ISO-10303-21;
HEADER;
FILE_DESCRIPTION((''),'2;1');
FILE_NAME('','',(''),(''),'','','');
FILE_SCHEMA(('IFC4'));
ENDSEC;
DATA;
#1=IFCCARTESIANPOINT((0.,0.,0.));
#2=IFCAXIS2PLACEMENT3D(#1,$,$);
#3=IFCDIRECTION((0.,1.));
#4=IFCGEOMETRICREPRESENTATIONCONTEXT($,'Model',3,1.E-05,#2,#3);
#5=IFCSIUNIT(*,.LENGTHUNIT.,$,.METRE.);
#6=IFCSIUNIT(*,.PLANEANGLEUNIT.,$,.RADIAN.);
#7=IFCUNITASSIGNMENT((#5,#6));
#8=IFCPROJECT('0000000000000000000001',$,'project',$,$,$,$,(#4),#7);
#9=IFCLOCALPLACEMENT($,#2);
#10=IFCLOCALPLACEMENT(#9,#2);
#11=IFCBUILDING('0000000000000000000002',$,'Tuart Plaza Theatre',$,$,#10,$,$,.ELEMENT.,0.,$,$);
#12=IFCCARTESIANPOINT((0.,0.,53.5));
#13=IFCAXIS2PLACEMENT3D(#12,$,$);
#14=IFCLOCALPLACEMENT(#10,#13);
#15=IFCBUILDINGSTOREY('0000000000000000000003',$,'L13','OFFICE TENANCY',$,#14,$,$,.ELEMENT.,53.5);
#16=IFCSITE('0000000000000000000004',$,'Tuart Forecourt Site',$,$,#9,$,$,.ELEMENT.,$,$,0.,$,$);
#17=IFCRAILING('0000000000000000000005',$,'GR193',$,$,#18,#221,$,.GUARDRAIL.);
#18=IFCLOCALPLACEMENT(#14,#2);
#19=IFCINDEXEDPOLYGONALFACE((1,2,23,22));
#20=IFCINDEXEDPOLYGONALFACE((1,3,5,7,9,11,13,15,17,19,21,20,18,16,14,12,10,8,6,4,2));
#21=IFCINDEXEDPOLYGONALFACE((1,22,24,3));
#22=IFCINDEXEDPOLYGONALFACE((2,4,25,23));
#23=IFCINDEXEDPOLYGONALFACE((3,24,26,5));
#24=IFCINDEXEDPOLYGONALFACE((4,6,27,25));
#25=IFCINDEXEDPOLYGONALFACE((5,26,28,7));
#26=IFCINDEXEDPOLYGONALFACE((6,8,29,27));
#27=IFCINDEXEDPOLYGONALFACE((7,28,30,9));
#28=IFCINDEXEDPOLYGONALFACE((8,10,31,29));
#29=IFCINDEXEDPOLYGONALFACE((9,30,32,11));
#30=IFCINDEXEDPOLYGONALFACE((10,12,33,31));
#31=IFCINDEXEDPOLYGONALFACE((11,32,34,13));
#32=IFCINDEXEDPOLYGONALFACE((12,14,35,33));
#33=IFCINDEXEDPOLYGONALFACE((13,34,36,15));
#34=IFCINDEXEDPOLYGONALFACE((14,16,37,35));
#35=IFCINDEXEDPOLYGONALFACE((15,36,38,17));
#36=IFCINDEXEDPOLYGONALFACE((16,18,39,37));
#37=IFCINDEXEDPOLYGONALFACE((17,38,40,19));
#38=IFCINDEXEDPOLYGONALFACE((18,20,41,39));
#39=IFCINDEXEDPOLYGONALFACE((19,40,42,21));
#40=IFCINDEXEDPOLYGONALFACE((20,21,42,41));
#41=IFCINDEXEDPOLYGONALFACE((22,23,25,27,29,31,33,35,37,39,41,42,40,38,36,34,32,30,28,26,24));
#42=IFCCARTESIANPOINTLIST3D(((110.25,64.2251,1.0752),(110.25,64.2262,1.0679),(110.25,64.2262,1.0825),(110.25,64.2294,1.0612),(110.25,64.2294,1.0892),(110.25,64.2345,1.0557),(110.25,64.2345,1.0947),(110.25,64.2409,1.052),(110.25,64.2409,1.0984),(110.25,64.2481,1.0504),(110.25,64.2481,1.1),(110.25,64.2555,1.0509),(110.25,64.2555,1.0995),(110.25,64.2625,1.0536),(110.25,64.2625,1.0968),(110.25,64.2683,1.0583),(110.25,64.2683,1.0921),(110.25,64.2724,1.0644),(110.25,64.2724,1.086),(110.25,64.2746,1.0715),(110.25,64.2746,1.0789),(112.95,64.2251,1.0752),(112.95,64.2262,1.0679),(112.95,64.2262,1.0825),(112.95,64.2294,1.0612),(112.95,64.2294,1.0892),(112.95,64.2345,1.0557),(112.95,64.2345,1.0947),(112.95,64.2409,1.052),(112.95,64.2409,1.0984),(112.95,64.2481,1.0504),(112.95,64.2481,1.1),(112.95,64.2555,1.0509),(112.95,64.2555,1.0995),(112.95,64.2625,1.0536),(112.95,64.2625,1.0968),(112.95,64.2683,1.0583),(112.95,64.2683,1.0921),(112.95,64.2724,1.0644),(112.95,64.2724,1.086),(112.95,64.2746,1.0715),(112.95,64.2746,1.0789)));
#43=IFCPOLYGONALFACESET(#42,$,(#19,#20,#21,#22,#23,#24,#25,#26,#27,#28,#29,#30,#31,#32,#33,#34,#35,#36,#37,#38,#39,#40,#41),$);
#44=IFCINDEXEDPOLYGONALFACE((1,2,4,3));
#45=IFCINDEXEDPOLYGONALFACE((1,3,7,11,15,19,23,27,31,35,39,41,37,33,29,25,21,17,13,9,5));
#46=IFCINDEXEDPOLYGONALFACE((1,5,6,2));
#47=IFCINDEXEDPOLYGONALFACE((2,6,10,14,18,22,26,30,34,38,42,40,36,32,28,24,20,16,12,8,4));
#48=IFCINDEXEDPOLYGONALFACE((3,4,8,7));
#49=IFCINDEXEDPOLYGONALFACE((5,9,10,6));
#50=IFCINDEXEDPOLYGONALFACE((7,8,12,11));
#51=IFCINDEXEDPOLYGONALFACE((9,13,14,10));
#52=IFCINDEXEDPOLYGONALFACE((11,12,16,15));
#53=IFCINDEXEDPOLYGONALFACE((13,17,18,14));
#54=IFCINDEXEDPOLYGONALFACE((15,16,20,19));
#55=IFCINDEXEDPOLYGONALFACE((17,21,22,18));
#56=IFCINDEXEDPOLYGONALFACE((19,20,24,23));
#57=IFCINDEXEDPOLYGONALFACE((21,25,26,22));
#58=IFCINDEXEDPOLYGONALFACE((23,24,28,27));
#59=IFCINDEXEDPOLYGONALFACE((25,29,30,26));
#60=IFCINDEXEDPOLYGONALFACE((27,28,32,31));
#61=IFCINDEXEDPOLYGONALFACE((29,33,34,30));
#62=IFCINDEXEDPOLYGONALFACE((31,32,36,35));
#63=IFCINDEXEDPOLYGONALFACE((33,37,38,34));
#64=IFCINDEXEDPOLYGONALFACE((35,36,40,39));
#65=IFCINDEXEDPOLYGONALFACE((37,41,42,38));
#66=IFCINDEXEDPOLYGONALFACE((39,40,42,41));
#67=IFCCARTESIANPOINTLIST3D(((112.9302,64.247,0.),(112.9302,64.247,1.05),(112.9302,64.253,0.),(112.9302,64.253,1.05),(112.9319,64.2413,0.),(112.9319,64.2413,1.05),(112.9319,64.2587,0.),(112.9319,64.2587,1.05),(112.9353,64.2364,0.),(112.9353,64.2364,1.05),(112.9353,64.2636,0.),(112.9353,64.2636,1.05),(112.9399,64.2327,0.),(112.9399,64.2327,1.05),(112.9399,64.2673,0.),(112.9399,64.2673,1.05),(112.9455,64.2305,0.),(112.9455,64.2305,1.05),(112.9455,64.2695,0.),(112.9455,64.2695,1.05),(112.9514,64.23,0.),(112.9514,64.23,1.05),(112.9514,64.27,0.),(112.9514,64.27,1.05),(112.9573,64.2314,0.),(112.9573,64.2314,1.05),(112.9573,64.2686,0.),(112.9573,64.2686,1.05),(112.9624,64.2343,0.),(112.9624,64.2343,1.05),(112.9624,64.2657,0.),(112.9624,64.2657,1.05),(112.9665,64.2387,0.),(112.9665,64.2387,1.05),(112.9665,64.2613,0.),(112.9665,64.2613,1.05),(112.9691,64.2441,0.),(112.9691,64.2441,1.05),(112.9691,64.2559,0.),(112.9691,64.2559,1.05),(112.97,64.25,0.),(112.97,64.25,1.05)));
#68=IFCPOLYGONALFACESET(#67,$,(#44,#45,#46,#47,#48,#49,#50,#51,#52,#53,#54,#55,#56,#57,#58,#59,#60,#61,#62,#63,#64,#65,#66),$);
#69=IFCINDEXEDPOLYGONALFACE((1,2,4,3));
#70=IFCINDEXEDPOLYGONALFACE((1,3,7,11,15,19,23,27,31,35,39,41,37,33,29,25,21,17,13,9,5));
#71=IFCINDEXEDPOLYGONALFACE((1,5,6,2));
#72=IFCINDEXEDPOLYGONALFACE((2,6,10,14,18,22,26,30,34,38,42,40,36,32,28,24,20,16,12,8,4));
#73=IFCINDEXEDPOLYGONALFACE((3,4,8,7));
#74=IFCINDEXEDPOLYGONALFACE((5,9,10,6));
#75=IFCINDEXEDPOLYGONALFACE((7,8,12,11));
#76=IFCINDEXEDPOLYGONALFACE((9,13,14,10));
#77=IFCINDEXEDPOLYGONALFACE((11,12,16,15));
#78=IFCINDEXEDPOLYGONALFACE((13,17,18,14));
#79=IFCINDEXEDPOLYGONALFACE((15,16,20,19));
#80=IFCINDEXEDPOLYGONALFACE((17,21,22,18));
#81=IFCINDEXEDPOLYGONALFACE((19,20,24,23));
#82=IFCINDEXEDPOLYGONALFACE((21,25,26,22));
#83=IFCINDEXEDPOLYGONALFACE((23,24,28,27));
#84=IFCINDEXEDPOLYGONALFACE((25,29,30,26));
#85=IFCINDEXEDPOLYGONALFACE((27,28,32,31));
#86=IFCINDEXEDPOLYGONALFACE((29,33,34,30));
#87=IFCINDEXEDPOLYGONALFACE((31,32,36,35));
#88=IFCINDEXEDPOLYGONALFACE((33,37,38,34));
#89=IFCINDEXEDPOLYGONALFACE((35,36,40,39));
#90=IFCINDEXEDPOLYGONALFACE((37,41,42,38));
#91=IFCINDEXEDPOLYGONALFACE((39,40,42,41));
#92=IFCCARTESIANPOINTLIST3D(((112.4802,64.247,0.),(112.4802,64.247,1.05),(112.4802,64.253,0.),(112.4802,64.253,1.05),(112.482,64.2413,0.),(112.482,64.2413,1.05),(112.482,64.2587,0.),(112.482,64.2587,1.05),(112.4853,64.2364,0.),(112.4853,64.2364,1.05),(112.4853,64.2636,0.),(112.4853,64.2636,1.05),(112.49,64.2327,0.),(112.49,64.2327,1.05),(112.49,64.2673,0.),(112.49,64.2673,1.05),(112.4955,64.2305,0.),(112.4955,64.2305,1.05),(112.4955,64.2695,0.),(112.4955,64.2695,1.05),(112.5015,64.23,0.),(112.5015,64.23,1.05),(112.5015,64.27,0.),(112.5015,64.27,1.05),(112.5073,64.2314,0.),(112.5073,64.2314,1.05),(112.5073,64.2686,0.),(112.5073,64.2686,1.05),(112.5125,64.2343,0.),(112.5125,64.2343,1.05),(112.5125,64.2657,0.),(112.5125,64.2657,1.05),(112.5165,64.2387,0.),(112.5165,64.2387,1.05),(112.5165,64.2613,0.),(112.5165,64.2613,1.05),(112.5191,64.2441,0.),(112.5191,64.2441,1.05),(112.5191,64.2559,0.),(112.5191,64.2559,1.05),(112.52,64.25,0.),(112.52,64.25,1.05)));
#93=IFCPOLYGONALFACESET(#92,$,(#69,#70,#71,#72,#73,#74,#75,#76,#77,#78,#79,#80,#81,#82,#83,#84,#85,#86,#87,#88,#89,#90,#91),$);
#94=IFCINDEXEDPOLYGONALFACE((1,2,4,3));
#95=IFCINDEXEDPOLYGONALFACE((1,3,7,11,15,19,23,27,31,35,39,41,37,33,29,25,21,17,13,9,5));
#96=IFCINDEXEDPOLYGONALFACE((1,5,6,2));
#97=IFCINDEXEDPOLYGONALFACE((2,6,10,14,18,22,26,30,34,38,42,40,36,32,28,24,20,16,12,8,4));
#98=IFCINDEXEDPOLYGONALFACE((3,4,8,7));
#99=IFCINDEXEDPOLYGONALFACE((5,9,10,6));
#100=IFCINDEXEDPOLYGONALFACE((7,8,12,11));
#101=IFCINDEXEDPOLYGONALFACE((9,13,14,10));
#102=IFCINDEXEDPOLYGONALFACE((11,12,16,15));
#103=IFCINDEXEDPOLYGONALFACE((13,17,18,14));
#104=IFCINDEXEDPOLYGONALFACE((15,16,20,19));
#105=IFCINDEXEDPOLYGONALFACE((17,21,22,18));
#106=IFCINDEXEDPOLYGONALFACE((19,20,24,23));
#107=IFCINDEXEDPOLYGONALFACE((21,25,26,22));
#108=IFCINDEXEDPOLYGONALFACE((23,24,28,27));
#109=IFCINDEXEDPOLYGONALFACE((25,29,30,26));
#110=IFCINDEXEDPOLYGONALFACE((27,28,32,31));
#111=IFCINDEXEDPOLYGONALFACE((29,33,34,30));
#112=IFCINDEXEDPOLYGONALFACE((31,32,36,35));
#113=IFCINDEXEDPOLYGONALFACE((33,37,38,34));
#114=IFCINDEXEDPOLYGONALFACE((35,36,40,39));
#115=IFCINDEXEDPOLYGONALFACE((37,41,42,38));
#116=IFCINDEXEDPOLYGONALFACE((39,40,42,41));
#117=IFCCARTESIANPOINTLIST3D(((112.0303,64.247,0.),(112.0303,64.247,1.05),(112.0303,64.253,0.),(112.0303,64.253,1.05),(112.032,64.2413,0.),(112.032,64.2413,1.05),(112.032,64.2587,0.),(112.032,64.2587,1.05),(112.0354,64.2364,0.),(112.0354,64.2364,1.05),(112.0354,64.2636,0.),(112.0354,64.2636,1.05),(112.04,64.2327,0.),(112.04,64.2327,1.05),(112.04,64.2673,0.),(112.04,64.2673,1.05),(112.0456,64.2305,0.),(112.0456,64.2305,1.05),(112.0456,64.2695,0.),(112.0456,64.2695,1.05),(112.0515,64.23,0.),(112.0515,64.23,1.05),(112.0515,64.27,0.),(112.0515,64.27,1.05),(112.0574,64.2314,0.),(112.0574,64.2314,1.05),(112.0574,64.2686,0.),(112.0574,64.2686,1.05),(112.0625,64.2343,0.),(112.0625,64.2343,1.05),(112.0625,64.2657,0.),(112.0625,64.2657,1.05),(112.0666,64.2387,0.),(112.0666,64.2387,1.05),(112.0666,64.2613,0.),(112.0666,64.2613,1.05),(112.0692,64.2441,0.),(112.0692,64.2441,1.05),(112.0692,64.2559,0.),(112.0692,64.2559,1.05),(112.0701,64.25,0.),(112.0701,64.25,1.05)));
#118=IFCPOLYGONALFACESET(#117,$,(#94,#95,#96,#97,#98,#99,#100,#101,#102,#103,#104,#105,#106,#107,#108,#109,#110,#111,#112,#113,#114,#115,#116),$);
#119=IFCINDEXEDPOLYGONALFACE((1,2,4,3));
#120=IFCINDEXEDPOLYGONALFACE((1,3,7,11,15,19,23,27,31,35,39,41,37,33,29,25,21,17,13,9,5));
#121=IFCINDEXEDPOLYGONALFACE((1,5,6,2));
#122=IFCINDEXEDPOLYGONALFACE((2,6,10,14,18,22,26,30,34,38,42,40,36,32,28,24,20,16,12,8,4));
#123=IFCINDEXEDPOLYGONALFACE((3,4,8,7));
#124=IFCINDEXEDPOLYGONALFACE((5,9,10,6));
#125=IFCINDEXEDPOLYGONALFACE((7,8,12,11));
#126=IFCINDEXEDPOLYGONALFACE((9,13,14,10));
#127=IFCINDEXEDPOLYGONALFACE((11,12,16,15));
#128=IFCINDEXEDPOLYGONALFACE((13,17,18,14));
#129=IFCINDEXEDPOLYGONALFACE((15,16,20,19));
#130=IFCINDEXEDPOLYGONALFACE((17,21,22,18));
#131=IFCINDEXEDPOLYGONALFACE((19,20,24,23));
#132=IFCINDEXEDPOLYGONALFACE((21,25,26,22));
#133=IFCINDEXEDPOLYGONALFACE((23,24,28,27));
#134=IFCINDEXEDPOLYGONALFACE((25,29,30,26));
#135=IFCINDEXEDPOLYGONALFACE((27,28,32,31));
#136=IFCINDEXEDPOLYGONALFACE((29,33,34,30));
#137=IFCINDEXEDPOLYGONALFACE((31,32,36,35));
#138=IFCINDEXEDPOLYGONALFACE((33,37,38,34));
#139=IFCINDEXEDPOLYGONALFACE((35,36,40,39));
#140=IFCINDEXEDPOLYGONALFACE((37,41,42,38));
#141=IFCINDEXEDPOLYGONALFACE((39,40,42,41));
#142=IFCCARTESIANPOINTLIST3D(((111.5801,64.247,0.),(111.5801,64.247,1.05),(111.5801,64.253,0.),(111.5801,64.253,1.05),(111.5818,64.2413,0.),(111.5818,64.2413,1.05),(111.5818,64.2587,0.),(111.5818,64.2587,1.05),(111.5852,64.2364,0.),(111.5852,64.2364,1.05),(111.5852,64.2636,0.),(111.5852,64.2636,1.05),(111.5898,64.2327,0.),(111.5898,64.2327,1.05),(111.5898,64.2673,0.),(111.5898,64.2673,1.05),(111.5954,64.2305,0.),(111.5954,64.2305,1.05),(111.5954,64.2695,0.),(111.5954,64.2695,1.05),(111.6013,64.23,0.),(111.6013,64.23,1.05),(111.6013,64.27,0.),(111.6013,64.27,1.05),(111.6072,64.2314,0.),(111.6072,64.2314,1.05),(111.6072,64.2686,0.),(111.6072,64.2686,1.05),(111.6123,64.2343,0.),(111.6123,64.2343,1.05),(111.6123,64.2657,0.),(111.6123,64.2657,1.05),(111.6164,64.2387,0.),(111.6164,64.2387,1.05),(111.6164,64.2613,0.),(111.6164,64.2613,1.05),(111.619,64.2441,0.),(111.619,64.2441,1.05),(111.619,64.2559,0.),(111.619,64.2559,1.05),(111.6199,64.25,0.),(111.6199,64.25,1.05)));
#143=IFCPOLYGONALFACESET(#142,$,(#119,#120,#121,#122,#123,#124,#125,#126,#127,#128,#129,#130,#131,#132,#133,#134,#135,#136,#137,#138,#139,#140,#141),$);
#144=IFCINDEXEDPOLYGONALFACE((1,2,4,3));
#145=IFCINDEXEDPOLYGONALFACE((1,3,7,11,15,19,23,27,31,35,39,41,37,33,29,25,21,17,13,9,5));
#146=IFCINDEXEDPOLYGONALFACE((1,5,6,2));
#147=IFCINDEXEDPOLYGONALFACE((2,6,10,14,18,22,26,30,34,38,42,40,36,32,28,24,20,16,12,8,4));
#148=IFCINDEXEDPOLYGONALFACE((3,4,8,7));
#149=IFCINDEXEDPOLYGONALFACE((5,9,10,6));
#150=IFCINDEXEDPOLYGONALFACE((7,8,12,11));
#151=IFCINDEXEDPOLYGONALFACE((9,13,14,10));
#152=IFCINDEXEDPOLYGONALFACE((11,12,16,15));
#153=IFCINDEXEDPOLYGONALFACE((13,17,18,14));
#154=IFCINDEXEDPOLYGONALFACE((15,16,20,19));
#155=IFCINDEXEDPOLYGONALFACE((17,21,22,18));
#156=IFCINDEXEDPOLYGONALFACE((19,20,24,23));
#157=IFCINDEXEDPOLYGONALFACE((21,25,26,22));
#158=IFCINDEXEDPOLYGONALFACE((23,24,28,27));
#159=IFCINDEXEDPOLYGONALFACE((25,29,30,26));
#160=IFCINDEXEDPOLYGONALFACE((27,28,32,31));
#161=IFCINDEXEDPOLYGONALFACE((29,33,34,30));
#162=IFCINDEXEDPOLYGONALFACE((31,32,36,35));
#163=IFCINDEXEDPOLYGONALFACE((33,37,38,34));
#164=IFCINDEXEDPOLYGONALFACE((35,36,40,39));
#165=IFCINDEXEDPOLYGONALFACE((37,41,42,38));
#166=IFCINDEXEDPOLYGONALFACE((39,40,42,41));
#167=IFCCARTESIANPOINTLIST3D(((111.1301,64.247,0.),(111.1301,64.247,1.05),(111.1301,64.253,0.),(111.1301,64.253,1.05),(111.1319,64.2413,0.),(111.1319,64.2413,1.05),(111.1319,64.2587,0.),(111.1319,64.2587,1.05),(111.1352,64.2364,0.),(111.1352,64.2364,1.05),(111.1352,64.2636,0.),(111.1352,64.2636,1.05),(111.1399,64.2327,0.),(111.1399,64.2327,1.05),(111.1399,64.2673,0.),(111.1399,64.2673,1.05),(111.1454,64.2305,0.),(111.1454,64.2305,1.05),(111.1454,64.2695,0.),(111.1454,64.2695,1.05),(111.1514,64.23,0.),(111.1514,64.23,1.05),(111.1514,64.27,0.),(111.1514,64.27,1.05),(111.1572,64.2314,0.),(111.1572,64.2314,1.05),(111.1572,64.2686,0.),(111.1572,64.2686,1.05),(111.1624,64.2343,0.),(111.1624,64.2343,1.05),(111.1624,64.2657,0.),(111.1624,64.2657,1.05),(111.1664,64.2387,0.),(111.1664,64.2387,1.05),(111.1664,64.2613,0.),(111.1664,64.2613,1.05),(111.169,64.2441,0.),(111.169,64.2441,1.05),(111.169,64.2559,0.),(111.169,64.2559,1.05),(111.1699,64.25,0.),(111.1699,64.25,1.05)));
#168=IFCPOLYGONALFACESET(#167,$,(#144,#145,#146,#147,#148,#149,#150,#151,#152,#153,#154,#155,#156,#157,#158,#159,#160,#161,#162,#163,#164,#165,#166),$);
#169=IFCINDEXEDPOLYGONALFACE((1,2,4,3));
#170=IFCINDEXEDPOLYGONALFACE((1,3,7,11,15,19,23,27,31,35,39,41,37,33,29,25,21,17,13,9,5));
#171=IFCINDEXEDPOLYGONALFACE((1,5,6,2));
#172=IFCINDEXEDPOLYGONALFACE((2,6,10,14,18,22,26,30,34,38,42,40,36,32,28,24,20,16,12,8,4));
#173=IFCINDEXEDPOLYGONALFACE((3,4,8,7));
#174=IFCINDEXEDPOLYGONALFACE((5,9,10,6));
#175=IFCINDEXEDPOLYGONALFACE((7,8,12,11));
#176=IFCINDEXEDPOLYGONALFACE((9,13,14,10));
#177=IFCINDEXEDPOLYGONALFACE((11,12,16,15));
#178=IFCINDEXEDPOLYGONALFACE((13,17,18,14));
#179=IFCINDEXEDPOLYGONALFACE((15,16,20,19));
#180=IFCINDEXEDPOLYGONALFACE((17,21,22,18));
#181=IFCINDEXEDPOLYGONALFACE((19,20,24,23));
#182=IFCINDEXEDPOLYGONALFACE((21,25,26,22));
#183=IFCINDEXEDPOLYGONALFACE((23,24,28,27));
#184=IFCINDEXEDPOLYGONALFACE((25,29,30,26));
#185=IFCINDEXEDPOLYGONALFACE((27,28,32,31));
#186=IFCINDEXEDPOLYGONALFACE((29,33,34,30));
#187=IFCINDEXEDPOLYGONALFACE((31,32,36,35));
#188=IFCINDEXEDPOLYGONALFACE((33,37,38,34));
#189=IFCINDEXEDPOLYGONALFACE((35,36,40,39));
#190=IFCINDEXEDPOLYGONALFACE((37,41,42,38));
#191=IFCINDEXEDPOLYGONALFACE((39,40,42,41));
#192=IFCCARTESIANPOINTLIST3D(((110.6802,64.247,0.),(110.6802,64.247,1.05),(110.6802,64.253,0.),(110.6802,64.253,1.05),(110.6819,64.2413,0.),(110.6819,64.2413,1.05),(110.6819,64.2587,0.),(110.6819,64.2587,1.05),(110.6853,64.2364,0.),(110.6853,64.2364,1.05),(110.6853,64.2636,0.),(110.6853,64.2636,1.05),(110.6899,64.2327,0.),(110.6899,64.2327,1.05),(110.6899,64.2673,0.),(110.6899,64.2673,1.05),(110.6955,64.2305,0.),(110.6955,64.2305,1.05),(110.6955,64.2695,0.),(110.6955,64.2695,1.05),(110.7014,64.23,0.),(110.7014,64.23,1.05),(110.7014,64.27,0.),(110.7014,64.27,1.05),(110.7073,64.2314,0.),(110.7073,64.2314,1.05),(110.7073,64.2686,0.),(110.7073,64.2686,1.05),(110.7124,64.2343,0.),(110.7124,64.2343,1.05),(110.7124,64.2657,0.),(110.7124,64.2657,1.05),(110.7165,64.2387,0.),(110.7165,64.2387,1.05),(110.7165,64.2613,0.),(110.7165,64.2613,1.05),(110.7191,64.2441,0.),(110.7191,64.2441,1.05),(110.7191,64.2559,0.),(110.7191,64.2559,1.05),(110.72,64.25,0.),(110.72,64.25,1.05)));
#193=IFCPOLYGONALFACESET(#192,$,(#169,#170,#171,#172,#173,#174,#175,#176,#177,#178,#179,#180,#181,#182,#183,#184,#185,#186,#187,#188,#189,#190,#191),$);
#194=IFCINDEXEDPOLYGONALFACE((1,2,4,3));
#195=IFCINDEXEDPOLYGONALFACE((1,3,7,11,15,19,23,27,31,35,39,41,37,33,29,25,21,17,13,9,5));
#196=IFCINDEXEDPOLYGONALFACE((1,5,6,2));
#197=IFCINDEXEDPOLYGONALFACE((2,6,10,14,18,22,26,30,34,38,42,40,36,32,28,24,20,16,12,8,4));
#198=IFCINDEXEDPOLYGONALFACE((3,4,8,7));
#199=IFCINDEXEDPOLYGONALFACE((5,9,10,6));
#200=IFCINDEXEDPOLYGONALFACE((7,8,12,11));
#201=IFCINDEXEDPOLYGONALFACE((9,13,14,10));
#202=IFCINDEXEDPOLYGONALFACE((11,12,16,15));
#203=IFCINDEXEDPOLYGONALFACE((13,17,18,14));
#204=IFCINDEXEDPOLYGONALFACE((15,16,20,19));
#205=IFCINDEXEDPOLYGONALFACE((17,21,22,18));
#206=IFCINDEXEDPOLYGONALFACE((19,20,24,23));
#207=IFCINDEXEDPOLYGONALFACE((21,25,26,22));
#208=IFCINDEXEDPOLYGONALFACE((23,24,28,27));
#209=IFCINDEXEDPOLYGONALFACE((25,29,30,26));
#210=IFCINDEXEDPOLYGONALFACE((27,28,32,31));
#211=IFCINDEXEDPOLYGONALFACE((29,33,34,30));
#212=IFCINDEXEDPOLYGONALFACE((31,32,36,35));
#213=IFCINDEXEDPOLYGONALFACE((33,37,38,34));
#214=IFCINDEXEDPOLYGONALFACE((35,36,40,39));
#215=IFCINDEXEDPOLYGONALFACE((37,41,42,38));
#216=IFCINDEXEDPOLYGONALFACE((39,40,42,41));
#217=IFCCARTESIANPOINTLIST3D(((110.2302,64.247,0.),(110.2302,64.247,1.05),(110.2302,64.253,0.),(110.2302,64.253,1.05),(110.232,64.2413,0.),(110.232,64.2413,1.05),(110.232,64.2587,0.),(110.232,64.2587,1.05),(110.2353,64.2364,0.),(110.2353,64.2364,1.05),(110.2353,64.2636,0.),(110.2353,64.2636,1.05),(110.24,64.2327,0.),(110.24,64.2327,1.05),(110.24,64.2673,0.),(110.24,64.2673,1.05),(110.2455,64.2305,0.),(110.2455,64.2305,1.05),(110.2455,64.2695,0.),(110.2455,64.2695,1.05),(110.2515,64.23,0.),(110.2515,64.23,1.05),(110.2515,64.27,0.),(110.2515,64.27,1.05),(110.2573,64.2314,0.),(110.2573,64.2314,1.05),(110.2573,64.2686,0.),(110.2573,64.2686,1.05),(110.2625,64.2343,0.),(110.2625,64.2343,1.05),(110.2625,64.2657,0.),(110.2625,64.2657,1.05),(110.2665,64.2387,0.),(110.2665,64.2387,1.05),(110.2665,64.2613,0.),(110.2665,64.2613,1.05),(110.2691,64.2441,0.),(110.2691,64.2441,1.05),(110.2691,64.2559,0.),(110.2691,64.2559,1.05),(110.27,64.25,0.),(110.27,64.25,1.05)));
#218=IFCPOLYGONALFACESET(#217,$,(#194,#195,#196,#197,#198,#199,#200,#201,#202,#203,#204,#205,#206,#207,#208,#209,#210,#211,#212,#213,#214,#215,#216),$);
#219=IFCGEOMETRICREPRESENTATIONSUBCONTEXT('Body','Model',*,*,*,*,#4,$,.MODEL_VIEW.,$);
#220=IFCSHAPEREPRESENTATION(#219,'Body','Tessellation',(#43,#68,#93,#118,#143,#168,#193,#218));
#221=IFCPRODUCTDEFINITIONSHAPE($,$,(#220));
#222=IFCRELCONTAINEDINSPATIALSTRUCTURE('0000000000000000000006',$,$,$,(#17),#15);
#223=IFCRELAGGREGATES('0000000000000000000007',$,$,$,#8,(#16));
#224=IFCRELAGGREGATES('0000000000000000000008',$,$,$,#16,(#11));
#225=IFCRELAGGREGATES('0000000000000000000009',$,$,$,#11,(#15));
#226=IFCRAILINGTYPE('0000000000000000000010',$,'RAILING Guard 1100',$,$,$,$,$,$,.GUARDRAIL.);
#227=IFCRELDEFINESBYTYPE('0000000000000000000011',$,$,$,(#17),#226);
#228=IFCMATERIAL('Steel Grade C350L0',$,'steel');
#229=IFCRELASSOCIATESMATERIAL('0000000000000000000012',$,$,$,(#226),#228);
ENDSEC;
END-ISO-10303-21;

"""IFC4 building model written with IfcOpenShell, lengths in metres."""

from ifc_helpers import new_model, si_unit, direction, frame, origin, origin_2d, place, context, subcontext, project, spatial, circle, extrude, material, type_object, element, save


model = new_model("IFC4")

# Units and contexts
model_context = context("Model", 3, precision=1e-05, world=origin(), true_north=direction((0.0, 1.0)))
body_context = subcontext(model_context, "Body", "Model", "MODEL_VIEW")
ifc_project = project(units=[si_unit("LENGTHUNIT", "METRE"), si_unit("PLANEANGLEUNIT", "RADIAN")], contexts=[model_context])

# Site, building, storey
site_placement = place(None, origin())
site = spatial("IfcSite", under=ifc_project, at=site_placement, Name="Tuart Forecourt Site", CompositionType="ELEMENT", RefElevation=0.0)
building_placement = place(site_placement, origin())
building = spatial("IfcBuilding", under=site, at=building_placement, Name="Tuart Plaza Theatre", CompositionType="ELEMENT", ElevationOfRefHeight=0.0)
storey_placement = place(building_placement, frame((0.0, 0.0, 53.5)))
storey = spatial("IfcBuildingStorey", under=building, at=storey_placement, Name="L13", Description="OFFICE TENANCY", CompositionType="ELEMENT", Elevation=53.5)

# Railing
ifc_material_1 = material(Name="Steel Grade C350L0", Category="steel")
railing_type = type_object("IfcRailingType", Name="RAILING Guard 1100", PredefinedType="GUARDRAIL", material=ifc_material_1)
railing_1_placement = place(storey_placement, frame((112.95, 64.25, 0.0)))
element("IfcRailing", 1, at=railing_1_placement, inside=storey, type_object=railing_type, Name="GR193", PredefinedType="GUARDRAIL", context=body_context, shape_type="SweptSolid", body=[
    extrude(circle(Radius=0.0249, at=origin_2d()), frame((0.0, 0.0, 1.0752), z_axis=(-1.0, 0.0, 0.0), x_axis=(0.0, -1.0, 0.0)), (0.0, 0.0, 1.0), 2.7),
    extrude(circle(Radius=0.02, at=origin_2d()), origin(), (0.0, 0.0, 1.0), 1.05),
    extrude(circle(Radius=0.02, at=origin_2d()), frame((-0.45, 0.0, 0.0)), (0.0, 0.0, 1.0), 1.05),
    extrude(circle(Radius=0.02, at=origin_2d()), frame((-0.8999, 0.0, 0.0)), (0.0, 0.0, 1.0), 1.05),
    extrude(circle(Radius=0.02, at=origin_2d()), frame((-1.3501, 0.0, 0.0)), (0.0, 0.0, 1.0), 1.05),
    extrude(circle(Radius=0.02, at=origin_2d()), frame((-1.8, 0.0, 0.0)), (0.0, 0.0, 1.0), 1.05),
    extrude(circle(Radius=0.02, at=origin_2d()), frame((-2.25, 0.0, 0.0)), (0.0, 0.0, 1.0), 1.05),
    extrude(circle(Radius=0.02, at=origin_2d()), frame((-2.7, 0.0, 0.0)), (0.0, 0.0, 1.0), 1.05),
])

save(model, "model.ifc")
